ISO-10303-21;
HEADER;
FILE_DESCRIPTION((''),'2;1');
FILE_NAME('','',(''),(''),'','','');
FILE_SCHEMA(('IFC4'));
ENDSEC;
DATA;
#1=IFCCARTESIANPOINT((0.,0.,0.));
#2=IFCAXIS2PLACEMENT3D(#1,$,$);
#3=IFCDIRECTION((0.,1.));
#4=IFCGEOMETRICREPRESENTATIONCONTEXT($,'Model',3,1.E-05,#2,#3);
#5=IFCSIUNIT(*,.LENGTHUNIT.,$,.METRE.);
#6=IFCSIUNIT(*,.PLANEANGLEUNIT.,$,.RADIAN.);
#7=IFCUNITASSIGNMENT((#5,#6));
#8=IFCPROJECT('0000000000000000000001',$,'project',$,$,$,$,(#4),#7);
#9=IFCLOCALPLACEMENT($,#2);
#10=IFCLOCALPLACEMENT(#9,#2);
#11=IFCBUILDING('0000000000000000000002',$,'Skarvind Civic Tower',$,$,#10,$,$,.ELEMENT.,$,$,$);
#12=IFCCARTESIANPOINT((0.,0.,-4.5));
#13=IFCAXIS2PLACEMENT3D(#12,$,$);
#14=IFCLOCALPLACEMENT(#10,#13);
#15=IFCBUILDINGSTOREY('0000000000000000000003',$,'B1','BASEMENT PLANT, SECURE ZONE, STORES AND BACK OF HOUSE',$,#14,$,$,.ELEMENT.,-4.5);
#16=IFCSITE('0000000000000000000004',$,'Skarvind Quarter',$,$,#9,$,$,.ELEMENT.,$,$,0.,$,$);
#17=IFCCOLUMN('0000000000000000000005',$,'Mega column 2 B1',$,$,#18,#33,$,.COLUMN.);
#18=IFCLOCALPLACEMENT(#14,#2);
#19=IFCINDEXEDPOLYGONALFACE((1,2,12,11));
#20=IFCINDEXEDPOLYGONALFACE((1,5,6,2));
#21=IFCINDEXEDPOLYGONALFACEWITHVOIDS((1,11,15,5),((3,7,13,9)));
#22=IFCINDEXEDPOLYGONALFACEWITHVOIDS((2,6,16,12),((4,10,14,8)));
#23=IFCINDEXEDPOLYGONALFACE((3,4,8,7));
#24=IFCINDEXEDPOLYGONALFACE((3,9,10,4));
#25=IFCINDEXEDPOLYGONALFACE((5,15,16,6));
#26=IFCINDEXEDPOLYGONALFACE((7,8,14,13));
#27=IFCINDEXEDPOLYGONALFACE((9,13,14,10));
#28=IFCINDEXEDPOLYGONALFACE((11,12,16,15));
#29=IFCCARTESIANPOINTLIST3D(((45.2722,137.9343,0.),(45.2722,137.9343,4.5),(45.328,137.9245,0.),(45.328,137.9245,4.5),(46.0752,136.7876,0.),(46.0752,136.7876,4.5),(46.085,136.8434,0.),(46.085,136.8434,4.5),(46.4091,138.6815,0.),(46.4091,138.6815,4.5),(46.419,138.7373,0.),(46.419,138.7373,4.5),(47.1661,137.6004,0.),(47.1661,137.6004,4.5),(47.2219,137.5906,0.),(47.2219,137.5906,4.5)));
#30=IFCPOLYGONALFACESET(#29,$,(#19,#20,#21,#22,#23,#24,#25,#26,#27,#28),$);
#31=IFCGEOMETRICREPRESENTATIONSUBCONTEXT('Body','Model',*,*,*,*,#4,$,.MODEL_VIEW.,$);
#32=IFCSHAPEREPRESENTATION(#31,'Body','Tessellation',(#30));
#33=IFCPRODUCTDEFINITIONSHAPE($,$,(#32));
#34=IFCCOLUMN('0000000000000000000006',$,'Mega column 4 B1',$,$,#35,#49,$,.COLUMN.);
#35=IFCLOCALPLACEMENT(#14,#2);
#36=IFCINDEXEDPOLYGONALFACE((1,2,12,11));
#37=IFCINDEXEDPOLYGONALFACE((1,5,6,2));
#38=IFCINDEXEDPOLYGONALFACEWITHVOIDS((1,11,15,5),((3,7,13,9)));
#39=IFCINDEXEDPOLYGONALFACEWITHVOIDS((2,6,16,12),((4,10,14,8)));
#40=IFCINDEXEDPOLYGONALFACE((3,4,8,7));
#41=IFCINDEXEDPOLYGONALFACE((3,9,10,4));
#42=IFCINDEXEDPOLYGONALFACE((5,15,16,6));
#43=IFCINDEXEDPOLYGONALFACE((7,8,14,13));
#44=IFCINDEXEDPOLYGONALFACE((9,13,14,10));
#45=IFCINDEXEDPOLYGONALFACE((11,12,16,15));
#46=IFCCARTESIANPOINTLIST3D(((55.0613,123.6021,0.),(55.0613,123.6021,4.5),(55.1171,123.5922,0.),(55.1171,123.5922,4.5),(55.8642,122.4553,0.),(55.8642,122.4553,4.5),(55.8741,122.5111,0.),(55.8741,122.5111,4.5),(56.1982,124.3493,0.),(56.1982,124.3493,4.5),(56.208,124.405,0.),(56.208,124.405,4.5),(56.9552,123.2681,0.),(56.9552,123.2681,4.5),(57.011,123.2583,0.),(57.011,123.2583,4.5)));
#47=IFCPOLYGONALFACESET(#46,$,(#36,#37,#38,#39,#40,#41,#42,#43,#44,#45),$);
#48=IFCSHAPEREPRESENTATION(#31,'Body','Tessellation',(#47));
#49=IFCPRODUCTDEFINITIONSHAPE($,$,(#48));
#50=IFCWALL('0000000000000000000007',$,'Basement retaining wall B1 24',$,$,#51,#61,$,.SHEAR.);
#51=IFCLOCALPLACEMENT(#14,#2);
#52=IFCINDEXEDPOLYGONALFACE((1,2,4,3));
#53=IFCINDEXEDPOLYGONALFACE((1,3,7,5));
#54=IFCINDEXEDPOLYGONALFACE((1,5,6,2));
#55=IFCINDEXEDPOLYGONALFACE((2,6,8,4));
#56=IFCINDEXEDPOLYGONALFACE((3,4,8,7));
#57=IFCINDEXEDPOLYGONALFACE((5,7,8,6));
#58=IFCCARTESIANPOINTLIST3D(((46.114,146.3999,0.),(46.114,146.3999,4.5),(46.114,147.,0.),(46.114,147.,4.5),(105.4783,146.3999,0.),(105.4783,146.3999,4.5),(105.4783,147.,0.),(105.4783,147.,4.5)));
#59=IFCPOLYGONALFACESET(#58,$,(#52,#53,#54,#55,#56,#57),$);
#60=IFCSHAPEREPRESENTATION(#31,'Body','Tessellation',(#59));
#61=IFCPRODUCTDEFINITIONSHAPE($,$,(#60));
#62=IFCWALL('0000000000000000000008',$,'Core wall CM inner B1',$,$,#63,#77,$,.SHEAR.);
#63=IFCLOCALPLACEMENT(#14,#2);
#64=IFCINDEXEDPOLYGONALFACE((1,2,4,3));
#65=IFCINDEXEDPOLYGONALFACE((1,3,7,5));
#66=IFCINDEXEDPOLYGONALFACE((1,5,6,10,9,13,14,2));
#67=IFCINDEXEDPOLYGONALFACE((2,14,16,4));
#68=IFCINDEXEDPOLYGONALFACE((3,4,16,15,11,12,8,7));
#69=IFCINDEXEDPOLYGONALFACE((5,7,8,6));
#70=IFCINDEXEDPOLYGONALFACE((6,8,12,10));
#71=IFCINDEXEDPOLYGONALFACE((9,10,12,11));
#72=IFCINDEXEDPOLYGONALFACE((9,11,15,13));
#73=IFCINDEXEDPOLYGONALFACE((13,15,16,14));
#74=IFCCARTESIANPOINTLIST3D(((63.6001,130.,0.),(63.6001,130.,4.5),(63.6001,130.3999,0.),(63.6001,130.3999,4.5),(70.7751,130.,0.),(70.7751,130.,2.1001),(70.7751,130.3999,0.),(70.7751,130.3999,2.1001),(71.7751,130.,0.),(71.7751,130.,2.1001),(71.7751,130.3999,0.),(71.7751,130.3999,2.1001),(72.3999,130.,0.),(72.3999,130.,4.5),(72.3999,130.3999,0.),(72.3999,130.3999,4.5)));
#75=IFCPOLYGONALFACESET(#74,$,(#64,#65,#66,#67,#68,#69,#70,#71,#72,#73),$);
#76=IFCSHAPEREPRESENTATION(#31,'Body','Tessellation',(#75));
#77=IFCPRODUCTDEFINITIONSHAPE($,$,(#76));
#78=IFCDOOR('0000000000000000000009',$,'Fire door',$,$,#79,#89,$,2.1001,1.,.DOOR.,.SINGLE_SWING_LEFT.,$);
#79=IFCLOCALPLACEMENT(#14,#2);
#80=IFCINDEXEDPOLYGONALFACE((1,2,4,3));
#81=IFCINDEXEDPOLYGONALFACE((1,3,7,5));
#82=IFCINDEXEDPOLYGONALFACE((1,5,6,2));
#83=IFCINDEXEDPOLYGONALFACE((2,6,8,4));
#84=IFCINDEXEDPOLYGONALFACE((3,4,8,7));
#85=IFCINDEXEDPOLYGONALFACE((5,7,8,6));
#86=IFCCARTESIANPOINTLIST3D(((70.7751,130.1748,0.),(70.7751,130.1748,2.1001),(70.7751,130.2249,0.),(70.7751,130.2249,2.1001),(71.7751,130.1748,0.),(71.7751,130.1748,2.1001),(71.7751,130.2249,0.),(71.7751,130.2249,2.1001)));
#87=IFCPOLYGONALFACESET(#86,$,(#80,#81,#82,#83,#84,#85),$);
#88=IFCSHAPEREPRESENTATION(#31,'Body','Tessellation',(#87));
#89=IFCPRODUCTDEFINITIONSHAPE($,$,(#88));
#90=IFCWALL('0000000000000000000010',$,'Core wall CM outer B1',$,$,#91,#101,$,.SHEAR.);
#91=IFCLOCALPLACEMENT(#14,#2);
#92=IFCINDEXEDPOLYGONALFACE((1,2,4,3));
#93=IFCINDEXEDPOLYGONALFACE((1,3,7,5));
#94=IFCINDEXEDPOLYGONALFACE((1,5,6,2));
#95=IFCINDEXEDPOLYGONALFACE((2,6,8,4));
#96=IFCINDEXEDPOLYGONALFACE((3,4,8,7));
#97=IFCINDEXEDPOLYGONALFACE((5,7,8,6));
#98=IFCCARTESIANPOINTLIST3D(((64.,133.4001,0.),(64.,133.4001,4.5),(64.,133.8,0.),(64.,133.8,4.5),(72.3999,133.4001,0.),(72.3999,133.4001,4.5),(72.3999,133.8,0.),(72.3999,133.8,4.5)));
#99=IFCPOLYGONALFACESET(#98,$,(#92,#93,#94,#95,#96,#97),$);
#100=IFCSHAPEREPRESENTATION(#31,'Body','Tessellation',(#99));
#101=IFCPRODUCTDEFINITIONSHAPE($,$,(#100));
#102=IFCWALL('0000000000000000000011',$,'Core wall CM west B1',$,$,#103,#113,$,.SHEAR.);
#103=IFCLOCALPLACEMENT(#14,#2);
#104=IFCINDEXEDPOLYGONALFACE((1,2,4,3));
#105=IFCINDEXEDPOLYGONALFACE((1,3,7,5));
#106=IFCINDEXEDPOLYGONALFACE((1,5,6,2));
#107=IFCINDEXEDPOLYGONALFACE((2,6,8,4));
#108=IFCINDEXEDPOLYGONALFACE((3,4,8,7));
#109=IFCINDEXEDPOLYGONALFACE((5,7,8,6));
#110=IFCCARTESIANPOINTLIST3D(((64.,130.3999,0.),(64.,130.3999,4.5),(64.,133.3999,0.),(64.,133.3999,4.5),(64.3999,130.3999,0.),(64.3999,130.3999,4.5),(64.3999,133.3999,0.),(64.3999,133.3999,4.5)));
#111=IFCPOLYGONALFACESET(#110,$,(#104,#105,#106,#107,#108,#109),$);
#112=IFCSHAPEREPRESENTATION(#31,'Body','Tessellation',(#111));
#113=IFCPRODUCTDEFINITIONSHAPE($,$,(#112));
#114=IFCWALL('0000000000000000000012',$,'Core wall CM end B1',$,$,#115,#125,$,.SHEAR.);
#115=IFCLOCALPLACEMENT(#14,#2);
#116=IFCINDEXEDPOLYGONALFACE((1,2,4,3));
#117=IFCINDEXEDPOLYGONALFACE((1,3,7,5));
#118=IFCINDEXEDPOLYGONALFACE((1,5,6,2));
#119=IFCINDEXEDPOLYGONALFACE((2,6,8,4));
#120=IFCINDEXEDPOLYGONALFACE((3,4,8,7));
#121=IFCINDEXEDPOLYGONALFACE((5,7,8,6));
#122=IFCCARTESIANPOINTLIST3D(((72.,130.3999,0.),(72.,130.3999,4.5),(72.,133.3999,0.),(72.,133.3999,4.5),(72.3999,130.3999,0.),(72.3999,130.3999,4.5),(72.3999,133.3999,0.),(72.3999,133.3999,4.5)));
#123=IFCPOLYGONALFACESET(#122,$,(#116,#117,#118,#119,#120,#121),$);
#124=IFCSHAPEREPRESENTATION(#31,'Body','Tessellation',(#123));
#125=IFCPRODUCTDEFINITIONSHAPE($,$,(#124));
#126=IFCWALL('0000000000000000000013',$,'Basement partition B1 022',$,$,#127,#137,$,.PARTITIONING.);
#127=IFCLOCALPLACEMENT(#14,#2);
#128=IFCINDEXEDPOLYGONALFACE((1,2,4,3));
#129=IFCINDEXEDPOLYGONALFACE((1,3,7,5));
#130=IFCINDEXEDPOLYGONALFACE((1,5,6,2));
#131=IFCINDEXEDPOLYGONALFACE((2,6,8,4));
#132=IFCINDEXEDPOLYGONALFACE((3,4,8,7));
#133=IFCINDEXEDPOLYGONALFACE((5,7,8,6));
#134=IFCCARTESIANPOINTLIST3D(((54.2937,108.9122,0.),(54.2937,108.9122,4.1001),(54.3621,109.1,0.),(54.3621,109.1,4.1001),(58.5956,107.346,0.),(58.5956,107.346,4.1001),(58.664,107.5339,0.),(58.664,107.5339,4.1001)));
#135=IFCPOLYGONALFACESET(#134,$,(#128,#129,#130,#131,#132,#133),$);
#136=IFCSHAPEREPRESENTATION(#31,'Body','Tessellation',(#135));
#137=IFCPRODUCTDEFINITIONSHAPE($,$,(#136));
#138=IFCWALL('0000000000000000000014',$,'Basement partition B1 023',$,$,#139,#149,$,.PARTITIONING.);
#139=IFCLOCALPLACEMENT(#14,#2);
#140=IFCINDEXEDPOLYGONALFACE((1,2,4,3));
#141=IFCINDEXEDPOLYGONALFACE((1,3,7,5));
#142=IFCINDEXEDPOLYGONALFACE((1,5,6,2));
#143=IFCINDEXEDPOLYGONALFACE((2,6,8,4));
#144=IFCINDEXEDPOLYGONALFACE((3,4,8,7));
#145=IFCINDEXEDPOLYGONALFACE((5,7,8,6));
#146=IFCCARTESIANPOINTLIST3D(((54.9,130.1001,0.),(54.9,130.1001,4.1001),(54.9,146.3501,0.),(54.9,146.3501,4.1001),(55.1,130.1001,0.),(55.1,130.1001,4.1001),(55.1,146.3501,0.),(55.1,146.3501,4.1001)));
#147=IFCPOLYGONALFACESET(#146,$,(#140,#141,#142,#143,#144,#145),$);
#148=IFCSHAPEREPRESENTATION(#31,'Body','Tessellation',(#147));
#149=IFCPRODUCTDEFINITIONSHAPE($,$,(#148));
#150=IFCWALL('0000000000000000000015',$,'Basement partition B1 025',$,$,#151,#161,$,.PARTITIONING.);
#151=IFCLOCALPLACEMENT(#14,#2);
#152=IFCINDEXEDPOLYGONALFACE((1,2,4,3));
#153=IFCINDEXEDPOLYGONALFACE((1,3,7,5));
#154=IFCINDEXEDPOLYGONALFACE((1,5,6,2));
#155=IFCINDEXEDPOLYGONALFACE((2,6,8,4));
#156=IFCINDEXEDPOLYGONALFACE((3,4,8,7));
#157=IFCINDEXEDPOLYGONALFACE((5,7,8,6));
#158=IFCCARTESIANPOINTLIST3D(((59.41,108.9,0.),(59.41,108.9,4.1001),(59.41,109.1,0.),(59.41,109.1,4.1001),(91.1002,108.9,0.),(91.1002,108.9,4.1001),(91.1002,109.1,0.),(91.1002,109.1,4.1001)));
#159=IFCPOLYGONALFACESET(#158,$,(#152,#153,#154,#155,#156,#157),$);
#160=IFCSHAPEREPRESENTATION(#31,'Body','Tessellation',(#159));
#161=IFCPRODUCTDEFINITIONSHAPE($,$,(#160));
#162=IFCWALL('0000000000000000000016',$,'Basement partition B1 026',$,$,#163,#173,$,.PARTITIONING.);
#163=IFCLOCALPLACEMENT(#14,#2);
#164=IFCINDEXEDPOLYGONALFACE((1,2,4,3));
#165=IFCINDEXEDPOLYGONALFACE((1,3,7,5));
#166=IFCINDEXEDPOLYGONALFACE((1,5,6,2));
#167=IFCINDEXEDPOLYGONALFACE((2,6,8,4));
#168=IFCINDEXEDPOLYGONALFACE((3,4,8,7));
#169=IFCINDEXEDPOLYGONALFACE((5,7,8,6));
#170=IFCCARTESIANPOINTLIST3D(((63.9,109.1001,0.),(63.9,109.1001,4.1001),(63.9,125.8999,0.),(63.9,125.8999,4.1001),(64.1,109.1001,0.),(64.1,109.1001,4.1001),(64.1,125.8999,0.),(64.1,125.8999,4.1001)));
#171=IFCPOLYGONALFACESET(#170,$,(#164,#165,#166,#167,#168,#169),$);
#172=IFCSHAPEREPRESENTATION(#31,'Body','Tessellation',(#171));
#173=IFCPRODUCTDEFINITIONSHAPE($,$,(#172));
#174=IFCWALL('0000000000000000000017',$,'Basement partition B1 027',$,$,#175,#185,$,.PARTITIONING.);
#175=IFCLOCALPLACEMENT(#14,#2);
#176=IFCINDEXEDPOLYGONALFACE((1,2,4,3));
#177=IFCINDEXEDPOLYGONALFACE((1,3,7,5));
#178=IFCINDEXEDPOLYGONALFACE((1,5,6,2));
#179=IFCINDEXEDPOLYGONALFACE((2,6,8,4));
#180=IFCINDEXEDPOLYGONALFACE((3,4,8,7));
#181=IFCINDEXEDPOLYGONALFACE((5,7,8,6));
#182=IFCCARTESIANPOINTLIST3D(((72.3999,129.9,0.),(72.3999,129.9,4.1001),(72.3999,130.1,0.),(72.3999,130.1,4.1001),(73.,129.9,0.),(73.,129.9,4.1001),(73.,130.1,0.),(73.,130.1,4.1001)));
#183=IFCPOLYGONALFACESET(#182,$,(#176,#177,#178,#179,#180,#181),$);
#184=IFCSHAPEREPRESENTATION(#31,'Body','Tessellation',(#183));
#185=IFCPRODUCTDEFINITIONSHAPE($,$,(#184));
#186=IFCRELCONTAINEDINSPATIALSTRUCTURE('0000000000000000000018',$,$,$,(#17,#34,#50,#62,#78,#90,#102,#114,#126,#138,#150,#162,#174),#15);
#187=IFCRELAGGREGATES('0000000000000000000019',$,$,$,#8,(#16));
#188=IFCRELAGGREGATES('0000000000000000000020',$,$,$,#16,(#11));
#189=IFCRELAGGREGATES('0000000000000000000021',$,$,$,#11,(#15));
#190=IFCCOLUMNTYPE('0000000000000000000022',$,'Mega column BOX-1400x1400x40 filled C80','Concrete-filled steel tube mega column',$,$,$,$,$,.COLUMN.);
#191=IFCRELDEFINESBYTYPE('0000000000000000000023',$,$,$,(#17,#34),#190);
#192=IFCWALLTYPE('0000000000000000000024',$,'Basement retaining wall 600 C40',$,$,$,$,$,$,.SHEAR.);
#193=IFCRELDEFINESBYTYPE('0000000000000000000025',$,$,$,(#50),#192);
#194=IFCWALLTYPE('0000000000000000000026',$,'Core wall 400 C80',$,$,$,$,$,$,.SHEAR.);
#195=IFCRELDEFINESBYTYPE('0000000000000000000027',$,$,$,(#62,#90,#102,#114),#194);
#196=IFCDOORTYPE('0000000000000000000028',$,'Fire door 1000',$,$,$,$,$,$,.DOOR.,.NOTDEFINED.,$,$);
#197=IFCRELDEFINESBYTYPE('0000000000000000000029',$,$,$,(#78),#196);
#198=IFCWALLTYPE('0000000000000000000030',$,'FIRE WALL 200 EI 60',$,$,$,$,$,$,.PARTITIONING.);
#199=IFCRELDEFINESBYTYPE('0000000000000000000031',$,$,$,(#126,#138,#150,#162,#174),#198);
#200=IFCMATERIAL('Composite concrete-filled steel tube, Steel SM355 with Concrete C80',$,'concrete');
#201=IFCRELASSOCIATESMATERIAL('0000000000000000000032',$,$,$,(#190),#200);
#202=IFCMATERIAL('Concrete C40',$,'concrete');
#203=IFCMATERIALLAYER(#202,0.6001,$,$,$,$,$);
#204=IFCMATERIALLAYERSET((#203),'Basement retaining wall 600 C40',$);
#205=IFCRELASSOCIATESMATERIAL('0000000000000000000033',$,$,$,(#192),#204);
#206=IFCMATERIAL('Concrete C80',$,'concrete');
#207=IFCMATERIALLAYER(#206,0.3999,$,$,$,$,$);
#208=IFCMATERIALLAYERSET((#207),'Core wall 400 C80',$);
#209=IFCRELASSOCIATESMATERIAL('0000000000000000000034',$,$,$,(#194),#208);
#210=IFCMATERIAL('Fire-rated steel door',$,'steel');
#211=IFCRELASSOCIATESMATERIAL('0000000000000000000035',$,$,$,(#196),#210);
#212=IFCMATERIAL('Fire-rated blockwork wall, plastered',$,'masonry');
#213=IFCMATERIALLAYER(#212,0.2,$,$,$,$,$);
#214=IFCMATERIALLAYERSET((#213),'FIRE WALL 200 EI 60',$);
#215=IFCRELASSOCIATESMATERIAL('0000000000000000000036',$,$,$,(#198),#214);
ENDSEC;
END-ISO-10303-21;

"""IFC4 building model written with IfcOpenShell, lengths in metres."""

from ifc_helpers import new_model, si_unit, direction, frame, frame_2d, origin, origin_2d, place, context, subcontext, project, spatial, rectangle, hollow_rectangle, extrude, material, layer, layer_set, material_profile, profile_set, type_object, element, fill, save


model = new_model("IFC4")

# Units and contexts
model_context = context("Model", 3, precision=1e-05, world=origin(), true_north=direction((0.0, 1.0)))
body_context = subcontext(model_context, "Body", "Model", "MODEL_VIEW")
ifc_project = project(units=[si_unit("LENGTHUNIT", "METRE"), si_unit("PLANEANGLEUNIT", "RADIAN")], contexts=[model_context])

# Site, building, storey
site_placement = place(None, origin())
site = spatial("IfcSite", under=ifc_project, at=site_placement, Name="Skarvind Quarter", CompositionType="ELEMENT", RefElevation=0.0)
building_placement = place(site_placement, origin())
building = spatial("IfcBuilding", under=site, at=building_placement, Name="Skarvind Civic Tower", CompositionType="ELEMENT")
storey_placement = place(building_placement, frame((0.0, 0.0, -4.5)))
storey = spatial("IfcBuildingStorey", under=building, at=storey_placement, Name="B1", Description="BASEMENT PLANT, SECURE ZONE, STORES AND BACK OF HOUSE", CompositionType="ELEMENT", Elevation=-4.5)

# Columns
ifc_material_1 = material(Name="Concrete C80", Category="concrete")
ifc_material_2 = material(Name="Composite concrete-filled steel tube, Steel SM355 with Concrete C80", Category="concrete")
ifc_material_profile_1 = material_profile(ifc_material_2, hollow_rectangle(XDim=1.3999, YDim=1.3999, WallThickness=0.04, at=origin_2d()), Name="BOX-1400x1400x40")
ifc_profile_set_1 = profile_set([ifc_material_profile_1], Name="Composite concrete-filled steel tube, Steel SM355 with Concrete C80")
column_type_1 = type_object("IfcColumnType", Name="Mega column BOX-1400x1400x40 filled C80", Description="Concrete-filled steel tube mega column", PredefinedType="COLUMN", material=ifc_profile_set_1)
for number, where, z_axis, x_axis, name in (
    (1, (46.2471, 137.7625, 0.0), (0.0, 0.0, 1.0), (0.573576, -0.819152, 0.0), "Mega column 2 B1"),
    (2, (56.0361, 123.4302, 0.0), (0.0, 0.0, 1.0), (0.573576, -0.819152, 0.0), "Mega column 4 B1"),
):
    element("IfcColumn", number, at=place(storey_placement, frame(where, z_axis=z_axis, x_axis=x_axis)), inside=storey, type_object=column_type_1, Name=name, PredefinedType="COLUMN", context=body_context, shape_type="SweptSolid", body=[
        extrude(hollow_rectangle(XDim=1.3999, YDim=1.3999, WallThickness=0.04, at=origin_2d()), origin(), (0.0, 0.0, 1.0), 4.5),
    ])

# Wall
ifc_material_3 = material(Name="Concrete C40", Category="concrete")
ifc_layer_1 = layer(ifc_material_3, 0.6001)
ifc_layer_set_1 = layer_set([ifc_layer_1], Name="Basement retaining wall 600 C40")
wall_type_1 = type_object("IfcWallType", Name="Basement retaining wall 600 C40", PredefinedType="SHEAR", material=ifc_layer_set_1)
wall_1_placement = place(storey_placement, frame((46.114, 146.7, 0.0), z_axis=(0.0, 0.0, 1.0), x_axis=(1.0, 0.0, 0.0)))
element("IfcWall", 3, at=wall_1_placement, inside=storey, type_object=wall_type_1, Name="Basement retaining wall B1 24", PredefinedType="SHEAR", context=body_context, shape_type="SweptSolid", body=[
    extrude(rectangle(XDim=59.3643, YDim=0.6001, at=frame_2d((29.6821, 0.0))), origin(), (0.0, 0.0, 1.0), 4.5),
])

# Wall, opening, door
ifc_layer_2 = layer(ifc_material_1, 0.3999)
ifc_layer_set_2 = layer_set([ifc_layer_2], Name="Core wall 400 C80")
wall_type_2 = type_object("IfcWallType", Name="Core wall 400 C80", PredefinedType="SHEAR", material=ifc_layer_set_2)
wall_2_placement = place(storey_placement, frame((63.6001, 130.2, 0.0), z_axis=(0.0, 0.0, 1.0), x_axis=(1.0, 0.0, 0.0)))
wall_2 = element("IfcWall", 4, at=wall_2_placement, inside=storey, type_object=wall_type_2, Name="Core wall CM inner B1", PredefinedType="SHEAR", context=body_context, shape_type="SweptSolid", body=[
    extrude(rectangle(XDim=8.7998, YDim=0.3999, at=frame_2d((4.3999, 0.0))), origin(), (0.0, 0.0, 1.0), 4.5),
])
opening_placement = place(wall_2_placement, frame((7.175, 0.0, 0.0)))
opening = element("IfcOpeningElement", 5, at=opening_placement, cuts=wall_2, PredefinedType="OPENING", context=body_context, shape_type="SweptSolid", body=[
    extrude(rectangle(XDim=1.0, YDim=2.1001, at=frame_2d((0.5, 1.05))), frame((0.0, 0.21, 0.0), z_axis=(0.0, -1.0, 0.0), x_axis=(1.0, 0.0, 0.0)), (0.0, 0.0, 1.0), 0.4199),
])
ifc_material_4 = material(Name="Fire-rated steel door", Category="steel")
door_type = type_object("IfcDoorType", Name="Fire door 1000", OperationType="NOTDEFINED", PredefinedType="DOOR", material=ifc_material_4)
door_placement = place(opening_placement, origin())
door = element("IfcDoor", 6, at=door_placement, inside=storey, type_object=door_type, Name="Fire door", OperationType="SINGLE_SWING_LEFT", OverallHeight=2.1001, OverallWidth=1.0, PredefinedType="DOOR", context=body_context, shape_type="SweptSolid", body=[
    extrude(rectangle(XDim=1.0, YDim=2.1001, at=frame_2d((0.5, 1.05))), frame((0.0, 0.0249, 0.0), z_axis=(0.0, -1.0, 0.0), x_axis=(1.0, 0.0, 0.0)), (0.0, 0.0, 1.0), 0.05),
])
fill(opening, door)

# Walls
wall_3_placement = place(storey_placement, frame((64.0, 133.6001, 0.0), z_axis=(0.0, 0.0, 1.0), x_axis=(1.0, 0.0, 0.0)))
element("IfcWall", 7, at=wall_3_placement, inside=storey, type_object=wall_type_2, Name="Core wall CM outer B1", PredefinedType="SHEAR", context=body_context, shape_type="SweptSolid", body=[
    extrude(rectangle(XDim=8.3999, YDim=0.3999, at=frame_2d((4.2, 0.0))), origin(), (0.0, 0.0, 1.0), 4.5),
])
for number, where, z_axis, x_axis, name in (
    (8, (64.2, 130.3999, 0.0), (0.0, 0.0, 1.0), (0.0, 1.0, 0.0), "Core wall CM west B1"),
    (9, (72.2, 130.3999, 0.0), (0.0, 0.0, 1.0), (0.0, 1.0, 0.0), "Core wall CM end B1"),
):
    element("IfcWall", number, at=place(storey_placement, frame(where, z_axis=z_axis, x_axis=x_axis)), inside=storey, type_object=wall_type_2, Name=name, PredefinedType="SHEAR", context=body_context, shape_type="SweptSolid", body=[
        extrude(rectangle(XDim=3.0, YDim=0.3999, at=frame_2d((1.5, 0.0))), origin(), (0.0, 0.0, 1.0), 4.5),
    ])
ifc_material_5 = material(Name="Fire-rated blockwork wall, plastered", Category="masonry")
ifc_layer_3 = layer(ifc_material_5, 0.2)
ifc_layer_set_3 = layer_set([ifc_layer_3], Name="FIRE WALL 200 EI 60")
wall_type_3 = type_object("IfcWallType", Name="FIRE WALL 200 EI 60", PredefinedType="PARTITIONING", material=ifc_layer_set_3)
wall_4_placement = place(storey_placement, frame((54.3279, 109.0061, 0.0), z_axis=(0.0, 0.0, 1.0), x_axis=(0.939667, -0.34209, 0.0)))
element("IfcWall", 10, at=wall_4_placement, inside=storey, type_object=wall_type_3, Name="Basement partition B1 022", PredefinedType="PARTITIONING", context=body_context, shape_type="SweptSolid", body=[
    extrude(rectangle(XDim=4.5781, YDim=0.2, at=frame_2d((2.2891, 0.0))), origin(), (0.0, 0.0, 1.0), 4.1001),
])
wall_5_placement = place(storey_placement, frame((55.0, 130.1001, 0.0), z_axis=(0.0, 0.0, 1.0), x_axis=(0.0, 1.0, 0.0)))
element("IfcWall", 11, at=wall_5_placement, inside=storey, type_object=wall_type_3, Name="Basement partition B1 023", PredefinedType="PARTITIONING", context=body_context, shape_type="SweptSolid", body=[
    extrude(rectangle(XDim=16.25, YDim=0.2, at=frame_2d((8.125, 0.0))), origin(), (0.0, 0.0, 1.0), 4.1001),
])
wall_6_placement = place(storey_placement, frame((59.4099, 109.0, 0.0), z_axis=(0.0, 0.0, 1.0), x_axis=(1.0, 0.0, 0.0)))
element("IfcWall", 12, at=wall_6_placement, inside=storey, type_object=wall_type_3, Name="Basement partition B1 025", PredefinedType="PARTITIONING", context=body_context, shape_type="SweptSolid", body=[
    extrude(rectangle(XDim=31.6902, YDim=0.2, at=frame_2d((15.8452, 0.0))), origin(), (0.0, 0.0, 1.0), 4.1001),
])
wall_7_placement = place(storey_placement, frame((64.0, 109.1001, 0.0), z_axis=(0.0, 0.0, 1.0), x_axis=(0.0, 1.0, 0.0)))
element("IfcWall", 13, at=wall_7_placement, inside=storey, type_object=wall_type_3, Name="Basement partition B1 026", PredefinedType="PARTITIONING", context=body_context, shape_type="SweptSolid", body=[
    extrude(rectangle(XDim=16.7998, YDim=0.2, at=frame_2d((8.3999, 0.0))), origin(), (0.0, 0.0, 1.0), 4.1001),
])
wall_8_placement = place(storey_placement, frame((72.3999, 130.0, 0.0), z_axis=(0.0, 0.0, 1.0), x_axis=(1.0, 0.0, 0.0)))
element("IfcWall", 14, at=wall_8_placement, inside=storey, type_object=wall_type_3, Name="Basement partition B1 027", PredefinedType="PARTITIONING", context=body_context, shape_type="SweptSolid", body=[
    extrude(rectangle(XDim=0.6001, YDim=0.2, at=frame_2d((0.3, 0.0))), origin(), (0.0, 0.0, 1.0), 4.1001),
])

save(model, "model.ifc")
